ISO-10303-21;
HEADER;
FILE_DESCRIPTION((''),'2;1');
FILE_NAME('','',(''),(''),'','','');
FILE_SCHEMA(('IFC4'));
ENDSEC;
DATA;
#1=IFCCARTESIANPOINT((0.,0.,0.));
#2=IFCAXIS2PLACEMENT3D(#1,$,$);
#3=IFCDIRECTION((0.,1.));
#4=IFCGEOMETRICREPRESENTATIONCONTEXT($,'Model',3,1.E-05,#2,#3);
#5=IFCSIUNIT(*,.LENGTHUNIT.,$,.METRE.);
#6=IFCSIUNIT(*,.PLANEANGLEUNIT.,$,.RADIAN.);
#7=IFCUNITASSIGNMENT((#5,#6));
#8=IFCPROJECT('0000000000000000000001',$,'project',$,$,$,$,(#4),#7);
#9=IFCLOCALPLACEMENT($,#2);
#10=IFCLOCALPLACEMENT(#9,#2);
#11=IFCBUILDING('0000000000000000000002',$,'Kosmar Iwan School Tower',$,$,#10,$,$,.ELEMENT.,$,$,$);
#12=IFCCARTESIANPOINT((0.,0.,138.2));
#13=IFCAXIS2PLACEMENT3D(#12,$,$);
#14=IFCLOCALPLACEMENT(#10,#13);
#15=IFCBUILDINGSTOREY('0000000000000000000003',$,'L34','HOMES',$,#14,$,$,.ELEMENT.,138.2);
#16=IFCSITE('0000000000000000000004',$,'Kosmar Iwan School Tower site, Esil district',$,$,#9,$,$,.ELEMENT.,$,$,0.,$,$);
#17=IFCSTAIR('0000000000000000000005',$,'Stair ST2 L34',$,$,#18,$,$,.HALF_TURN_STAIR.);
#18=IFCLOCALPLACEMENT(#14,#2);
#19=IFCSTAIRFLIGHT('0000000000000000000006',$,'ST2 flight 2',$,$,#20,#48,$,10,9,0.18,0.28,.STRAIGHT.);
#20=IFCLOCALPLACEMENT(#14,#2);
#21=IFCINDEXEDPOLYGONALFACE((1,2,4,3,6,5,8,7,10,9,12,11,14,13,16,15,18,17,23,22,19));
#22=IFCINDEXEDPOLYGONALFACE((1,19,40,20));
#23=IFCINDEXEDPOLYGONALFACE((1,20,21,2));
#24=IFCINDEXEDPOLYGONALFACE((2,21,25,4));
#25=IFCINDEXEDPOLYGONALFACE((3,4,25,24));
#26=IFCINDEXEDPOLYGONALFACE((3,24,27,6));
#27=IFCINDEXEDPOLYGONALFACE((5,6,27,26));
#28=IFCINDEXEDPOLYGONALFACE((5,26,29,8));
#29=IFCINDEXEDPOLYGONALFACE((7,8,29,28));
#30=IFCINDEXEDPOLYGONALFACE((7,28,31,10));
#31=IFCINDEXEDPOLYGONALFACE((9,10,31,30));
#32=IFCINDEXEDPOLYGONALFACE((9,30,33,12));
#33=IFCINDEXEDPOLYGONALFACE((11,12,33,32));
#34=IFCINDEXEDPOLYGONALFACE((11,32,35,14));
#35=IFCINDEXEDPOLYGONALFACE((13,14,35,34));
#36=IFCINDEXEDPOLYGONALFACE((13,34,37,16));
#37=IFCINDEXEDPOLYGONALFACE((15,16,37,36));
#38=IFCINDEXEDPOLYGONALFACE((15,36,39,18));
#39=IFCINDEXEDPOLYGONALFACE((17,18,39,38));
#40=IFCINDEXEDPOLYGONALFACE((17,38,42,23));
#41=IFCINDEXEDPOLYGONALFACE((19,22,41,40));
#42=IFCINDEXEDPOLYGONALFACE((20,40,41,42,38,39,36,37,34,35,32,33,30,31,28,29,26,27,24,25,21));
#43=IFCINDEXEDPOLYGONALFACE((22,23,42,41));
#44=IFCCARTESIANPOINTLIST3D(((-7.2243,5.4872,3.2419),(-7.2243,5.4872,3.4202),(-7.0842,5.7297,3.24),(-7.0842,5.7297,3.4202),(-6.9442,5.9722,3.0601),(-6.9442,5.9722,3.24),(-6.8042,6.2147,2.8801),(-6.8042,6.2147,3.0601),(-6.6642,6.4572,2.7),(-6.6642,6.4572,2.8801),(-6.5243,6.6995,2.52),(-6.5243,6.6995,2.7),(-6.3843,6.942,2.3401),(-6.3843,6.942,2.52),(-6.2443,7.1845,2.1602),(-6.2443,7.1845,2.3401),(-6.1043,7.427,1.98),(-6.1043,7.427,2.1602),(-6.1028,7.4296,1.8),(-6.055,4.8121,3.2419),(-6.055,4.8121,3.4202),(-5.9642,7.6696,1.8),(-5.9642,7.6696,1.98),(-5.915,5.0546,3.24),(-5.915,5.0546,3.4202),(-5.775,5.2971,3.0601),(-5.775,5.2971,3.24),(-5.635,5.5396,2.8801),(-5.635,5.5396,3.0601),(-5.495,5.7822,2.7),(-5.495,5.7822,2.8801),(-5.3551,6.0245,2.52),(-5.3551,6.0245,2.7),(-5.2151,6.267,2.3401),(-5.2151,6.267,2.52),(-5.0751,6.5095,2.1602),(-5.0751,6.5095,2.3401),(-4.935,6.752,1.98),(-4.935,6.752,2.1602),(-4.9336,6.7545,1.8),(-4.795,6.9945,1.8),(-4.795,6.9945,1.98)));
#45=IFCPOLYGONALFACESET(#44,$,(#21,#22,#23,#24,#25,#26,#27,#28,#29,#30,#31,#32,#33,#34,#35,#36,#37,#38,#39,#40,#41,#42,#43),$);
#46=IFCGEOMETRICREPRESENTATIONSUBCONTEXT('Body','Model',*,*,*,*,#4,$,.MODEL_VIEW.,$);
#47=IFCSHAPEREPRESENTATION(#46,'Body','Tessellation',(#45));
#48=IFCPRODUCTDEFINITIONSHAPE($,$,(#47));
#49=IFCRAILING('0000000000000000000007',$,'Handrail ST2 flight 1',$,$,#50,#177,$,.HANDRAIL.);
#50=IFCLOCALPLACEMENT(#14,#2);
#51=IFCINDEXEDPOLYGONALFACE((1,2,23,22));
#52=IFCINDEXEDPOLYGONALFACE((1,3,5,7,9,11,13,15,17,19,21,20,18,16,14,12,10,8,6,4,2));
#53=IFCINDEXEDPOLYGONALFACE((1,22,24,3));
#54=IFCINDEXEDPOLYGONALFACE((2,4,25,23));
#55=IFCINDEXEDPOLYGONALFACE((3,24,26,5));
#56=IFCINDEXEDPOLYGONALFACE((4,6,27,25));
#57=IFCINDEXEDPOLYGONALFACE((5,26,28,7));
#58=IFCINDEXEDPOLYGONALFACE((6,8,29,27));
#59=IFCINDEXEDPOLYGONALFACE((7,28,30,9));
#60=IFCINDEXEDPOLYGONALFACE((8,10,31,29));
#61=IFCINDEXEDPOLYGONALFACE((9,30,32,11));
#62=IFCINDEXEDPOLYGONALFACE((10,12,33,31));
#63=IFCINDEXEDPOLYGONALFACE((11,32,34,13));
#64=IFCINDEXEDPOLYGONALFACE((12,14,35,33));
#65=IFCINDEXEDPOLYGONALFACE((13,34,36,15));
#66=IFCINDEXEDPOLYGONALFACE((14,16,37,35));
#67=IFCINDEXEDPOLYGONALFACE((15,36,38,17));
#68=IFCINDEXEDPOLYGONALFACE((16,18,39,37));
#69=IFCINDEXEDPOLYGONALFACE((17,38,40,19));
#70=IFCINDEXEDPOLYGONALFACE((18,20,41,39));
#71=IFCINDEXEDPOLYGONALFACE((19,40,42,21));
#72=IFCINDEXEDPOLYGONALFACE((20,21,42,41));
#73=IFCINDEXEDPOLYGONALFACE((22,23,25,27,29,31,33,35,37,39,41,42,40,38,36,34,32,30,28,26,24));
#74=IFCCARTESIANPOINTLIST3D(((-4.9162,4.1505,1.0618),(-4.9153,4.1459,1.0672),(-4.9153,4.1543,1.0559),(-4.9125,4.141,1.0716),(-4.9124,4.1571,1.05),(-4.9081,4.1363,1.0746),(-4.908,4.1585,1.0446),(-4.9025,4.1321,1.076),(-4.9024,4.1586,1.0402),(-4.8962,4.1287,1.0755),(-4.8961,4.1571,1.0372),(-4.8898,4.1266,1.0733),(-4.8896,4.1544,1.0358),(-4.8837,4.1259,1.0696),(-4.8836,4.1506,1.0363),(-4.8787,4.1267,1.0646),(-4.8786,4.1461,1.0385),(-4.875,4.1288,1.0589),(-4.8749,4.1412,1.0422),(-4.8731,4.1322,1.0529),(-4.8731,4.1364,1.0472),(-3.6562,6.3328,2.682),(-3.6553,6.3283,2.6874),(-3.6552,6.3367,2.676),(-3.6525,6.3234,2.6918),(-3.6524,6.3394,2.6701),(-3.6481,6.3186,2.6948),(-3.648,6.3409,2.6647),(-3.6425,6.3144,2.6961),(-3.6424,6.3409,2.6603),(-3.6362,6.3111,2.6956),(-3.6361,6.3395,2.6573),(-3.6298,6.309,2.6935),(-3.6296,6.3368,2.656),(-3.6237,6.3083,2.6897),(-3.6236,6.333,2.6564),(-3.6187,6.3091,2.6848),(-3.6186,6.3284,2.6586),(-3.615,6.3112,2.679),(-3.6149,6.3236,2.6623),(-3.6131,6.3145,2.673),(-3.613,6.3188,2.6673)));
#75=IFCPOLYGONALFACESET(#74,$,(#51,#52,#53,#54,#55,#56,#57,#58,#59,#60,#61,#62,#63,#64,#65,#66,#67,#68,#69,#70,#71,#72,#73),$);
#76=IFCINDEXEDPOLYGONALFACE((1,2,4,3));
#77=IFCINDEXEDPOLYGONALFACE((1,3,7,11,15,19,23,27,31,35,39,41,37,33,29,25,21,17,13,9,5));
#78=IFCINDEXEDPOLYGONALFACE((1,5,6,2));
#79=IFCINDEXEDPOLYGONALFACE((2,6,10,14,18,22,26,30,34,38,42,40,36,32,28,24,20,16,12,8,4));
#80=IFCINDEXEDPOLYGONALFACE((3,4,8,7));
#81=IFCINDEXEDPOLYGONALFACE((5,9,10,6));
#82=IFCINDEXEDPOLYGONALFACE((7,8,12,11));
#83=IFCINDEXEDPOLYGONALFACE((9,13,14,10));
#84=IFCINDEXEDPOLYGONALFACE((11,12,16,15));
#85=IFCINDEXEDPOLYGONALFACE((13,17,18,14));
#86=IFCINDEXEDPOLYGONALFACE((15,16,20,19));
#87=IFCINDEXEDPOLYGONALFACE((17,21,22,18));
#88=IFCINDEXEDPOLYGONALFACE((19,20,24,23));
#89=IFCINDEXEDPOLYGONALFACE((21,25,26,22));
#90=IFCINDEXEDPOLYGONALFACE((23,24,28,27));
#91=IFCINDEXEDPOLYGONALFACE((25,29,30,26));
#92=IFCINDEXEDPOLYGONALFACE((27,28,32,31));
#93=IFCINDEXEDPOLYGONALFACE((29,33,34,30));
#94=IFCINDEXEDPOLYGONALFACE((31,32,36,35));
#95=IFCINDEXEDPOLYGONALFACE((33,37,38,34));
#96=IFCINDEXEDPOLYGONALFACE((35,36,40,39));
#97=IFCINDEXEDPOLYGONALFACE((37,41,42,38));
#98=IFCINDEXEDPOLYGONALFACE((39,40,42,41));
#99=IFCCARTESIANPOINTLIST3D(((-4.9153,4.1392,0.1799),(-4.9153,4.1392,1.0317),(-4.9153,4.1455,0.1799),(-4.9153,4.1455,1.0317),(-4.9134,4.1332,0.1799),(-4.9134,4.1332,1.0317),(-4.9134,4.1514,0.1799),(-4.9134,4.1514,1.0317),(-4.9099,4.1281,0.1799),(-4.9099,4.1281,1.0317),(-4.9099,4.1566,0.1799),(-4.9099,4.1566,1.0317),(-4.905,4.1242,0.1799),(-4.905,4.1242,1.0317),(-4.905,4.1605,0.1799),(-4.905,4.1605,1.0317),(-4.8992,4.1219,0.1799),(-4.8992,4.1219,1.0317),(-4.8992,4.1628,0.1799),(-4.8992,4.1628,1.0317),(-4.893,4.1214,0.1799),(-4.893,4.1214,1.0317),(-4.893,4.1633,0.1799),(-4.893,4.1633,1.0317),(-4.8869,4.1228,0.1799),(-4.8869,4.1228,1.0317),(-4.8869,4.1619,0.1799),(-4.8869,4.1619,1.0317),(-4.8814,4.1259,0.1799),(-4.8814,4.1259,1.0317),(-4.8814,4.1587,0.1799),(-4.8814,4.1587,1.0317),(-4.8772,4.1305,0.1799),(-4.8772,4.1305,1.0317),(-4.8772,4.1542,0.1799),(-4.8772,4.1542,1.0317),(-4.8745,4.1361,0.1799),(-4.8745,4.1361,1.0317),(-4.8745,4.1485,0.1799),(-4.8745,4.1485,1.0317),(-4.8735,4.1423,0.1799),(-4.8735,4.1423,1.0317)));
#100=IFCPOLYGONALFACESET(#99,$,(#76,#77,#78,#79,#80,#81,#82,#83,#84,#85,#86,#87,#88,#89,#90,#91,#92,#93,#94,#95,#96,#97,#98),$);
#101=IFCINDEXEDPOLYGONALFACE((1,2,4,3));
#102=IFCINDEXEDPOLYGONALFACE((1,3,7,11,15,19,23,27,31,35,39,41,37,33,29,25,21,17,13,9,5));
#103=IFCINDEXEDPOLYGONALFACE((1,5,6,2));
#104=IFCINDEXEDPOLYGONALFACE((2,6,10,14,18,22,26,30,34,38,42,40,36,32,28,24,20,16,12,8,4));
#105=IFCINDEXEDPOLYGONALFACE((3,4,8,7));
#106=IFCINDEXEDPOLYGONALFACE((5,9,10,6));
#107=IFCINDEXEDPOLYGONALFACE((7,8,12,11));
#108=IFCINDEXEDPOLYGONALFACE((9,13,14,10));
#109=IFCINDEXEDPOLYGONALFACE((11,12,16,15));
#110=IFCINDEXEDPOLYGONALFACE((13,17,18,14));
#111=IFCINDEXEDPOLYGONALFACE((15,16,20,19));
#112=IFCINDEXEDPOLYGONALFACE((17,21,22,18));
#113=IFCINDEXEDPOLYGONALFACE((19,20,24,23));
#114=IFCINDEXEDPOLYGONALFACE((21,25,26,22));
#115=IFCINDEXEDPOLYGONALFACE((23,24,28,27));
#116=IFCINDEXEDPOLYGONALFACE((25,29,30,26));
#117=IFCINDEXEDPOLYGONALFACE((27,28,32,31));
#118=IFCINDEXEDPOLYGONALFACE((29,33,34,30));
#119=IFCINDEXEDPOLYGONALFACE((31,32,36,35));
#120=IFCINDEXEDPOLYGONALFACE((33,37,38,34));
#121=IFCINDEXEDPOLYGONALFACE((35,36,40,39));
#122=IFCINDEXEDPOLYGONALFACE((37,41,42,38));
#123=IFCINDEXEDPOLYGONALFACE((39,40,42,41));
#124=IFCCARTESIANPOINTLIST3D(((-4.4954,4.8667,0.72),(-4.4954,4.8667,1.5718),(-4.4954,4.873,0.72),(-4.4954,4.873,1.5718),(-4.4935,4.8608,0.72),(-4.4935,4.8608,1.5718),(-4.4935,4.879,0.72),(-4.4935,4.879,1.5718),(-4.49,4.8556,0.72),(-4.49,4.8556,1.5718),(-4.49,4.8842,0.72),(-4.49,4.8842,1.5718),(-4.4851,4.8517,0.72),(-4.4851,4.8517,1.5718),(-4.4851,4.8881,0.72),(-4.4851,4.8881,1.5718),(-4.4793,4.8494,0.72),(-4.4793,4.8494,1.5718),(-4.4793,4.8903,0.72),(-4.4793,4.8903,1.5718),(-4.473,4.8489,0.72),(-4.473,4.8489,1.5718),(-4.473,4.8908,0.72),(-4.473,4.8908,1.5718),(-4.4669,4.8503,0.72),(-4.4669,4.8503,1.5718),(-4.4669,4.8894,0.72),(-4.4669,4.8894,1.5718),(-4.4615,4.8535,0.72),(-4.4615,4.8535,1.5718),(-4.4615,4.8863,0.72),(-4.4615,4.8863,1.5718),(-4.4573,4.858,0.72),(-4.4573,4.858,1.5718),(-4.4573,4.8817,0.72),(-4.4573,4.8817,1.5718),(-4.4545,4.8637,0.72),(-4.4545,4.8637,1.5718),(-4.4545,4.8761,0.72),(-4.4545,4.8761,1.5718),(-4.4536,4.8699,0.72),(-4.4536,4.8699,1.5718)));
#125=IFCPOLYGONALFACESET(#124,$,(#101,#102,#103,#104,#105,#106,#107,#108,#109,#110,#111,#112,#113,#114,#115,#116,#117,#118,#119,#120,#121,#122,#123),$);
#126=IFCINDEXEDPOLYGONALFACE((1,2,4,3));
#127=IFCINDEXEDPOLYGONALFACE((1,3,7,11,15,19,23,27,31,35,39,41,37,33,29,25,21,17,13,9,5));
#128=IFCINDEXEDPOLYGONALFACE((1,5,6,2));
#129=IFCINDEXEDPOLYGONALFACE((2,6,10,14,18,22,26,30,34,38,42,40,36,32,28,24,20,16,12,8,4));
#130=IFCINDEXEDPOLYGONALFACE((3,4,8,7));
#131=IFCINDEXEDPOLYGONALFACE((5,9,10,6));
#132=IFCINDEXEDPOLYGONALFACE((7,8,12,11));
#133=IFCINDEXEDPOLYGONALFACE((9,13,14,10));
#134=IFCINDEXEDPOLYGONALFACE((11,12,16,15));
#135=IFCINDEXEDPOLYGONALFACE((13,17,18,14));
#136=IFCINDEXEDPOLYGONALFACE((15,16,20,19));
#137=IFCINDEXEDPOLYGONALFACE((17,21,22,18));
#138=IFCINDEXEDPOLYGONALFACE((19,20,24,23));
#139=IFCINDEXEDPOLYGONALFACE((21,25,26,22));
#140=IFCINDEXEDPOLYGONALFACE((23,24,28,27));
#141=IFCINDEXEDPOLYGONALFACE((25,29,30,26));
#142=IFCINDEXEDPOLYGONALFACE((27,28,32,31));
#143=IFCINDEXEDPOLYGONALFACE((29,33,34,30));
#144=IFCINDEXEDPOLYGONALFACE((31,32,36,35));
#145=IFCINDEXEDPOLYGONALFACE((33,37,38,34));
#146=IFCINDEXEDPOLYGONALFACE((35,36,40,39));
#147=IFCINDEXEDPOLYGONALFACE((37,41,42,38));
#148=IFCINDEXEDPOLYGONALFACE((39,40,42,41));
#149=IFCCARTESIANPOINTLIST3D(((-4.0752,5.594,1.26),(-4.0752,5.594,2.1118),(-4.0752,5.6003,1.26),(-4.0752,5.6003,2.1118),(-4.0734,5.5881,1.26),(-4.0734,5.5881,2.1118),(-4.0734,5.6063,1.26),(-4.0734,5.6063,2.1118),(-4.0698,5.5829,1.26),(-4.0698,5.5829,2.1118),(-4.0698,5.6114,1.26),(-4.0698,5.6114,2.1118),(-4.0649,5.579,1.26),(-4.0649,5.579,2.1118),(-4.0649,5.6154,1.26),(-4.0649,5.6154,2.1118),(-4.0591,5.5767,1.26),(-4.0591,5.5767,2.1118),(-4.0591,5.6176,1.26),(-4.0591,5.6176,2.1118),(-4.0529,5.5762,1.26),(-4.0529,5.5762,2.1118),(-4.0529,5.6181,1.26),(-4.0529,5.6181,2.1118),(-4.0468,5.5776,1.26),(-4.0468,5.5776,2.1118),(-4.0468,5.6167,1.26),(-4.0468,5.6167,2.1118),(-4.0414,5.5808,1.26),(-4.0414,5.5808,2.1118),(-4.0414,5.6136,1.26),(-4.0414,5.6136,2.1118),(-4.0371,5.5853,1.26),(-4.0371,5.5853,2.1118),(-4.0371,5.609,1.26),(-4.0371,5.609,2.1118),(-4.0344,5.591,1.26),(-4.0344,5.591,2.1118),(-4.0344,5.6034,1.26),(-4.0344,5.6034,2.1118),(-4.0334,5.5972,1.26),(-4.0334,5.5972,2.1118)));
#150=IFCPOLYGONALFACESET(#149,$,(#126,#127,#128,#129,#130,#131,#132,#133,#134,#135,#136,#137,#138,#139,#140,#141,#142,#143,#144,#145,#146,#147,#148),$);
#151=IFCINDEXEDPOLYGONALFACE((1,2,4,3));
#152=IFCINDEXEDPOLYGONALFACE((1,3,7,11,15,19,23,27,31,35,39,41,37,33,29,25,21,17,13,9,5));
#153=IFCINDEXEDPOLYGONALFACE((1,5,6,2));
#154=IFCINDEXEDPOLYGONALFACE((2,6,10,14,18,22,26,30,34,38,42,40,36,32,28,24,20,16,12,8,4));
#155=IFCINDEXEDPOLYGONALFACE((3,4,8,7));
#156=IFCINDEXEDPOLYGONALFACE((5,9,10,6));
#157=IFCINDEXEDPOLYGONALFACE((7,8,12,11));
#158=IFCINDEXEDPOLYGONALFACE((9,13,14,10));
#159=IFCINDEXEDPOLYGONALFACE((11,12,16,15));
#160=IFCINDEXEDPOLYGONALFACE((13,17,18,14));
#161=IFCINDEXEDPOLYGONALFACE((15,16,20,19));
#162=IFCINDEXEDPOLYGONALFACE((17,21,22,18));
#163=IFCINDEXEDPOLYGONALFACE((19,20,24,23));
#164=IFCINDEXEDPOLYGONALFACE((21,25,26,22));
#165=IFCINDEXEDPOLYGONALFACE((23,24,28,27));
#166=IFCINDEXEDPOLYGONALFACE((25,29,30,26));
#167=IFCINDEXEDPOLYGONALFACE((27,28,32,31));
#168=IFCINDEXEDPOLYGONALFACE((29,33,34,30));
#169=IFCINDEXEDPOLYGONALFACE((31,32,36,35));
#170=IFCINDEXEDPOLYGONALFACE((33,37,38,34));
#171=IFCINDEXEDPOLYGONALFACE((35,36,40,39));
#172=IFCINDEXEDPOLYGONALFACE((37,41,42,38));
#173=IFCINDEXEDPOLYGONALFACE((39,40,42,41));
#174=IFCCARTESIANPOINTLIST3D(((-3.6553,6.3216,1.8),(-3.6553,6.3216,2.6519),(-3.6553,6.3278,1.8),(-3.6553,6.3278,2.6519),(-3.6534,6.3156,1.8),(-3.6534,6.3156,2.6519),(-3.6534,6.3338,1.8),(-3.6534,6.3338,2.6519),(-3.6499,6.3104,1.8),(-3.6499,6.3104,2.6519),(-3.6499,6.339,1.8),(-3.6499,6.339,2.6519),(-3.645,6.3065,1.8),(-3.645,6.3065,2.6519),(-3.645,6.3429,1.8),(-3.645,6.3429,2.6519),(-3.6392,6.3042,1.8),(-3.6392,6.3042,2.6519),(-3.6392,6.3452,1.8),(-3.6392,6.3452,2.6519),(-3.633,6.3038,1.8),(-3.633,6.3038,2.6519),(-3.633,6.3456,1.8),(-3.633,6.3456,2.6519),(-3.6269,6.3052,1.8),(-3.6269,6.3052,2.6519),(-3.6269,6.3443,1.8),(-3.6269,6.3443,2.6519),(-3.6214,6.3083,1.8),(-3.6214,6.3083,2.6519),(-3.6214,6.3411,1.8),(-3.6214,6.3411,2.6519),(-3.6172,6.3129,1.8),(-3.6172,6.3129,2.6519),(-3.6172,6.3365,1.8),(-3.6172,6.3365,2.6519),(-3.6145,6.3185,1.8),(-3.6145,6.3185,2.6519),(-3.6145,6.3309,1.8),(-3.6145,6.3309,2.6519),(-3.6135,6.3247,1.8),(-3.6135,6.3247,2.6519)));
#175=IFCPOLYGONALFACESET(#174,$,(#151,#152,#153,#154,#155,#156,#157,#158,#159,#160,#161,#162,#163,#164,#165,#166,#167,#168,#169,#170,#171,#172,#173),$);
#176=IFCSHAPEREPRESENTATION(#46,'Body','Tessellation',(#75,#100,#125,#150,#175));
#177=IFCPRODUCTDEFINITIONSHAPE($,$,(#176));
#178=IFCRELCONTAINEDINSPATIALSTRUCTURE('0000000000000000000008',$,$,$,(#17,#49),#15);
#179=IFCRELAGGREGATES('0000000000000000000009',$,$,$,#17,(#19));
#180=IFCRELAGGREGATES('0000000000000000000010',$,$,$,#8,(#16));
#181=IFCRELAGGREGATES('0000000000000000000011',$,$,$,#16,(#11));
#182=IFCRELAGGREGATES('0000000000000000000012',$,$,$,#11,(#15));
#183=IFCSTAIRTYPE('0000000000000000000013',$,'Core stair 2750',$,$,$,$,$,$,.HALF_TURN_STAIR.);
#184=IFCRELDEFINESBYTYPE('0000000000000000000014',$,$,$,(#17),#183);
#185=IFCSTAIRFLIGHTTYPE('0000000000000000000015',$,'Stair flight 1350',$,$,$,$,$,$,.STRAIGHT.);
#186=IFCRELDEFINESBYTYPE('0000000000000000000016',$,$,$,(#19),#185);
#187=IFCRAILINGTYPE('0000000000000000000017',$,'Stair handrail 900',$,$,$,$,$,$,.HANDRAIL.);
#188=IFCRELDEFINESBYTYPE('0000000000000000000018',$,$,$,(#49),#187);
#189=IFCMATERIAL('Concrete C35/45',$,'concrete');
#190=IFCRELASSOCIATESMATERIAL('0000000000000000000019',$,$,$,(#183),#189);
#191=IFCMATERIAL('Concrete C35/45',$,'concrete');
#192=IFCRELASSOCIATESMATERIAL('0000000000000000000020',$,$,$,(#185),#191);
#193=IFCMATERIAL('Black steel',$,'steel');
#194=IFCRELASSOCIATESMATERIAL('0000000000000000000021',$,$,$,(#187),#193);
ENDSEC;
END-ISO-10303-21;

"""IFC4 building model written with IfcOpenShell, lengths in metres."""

from ifc_helpers import new_model, si_unit, direction, frame, origin, origin_2d, place, context, subcontext, project, spatial, polyline, circle, outline, extrude, material, type_object, element, aggregate, save


model = new_model("IFC4")

# Units and contexts
model_context = context("Model", 3, precision=1e-05, world=origin(), true_north=direction((0.0, 1.0)))
body_context = subcontext(model_context, "Body", "Model", "MODEL_VIEW")
ifc_project = project(units=[si_unit("LENGTHUNIT", "METRE"), si_unit("PLANEANGLEUNIT", "RADIAN")], contexts=[model_context])

# Site, building, storey
site_placement = place(None, origin())
site = spatial("IfcSite", under=ifc_project, at=site_placement, Name="Kosmar Iwan School Tower site, Esil district", CompositionType="ELEMENT", RefElevation=0.0)
building_placement = place(site_placement, origin())
building = spatial("IfcBuilding", under=site, at=building_placement, Name="Kosmar Iwan School Tower", CompositionType="ELEMENT")
storey_placement = place(building_placement, frame((0.0, 0.0, 138.2)))
storey = spatial("IfcBuildingStorey", under=building, at=storey_placement, Name="L34", Description="HOMES", CompositionType="ELEMENT", Elevation=138.2)

# Stair, stair flight
ifc_material_1 = material(Name="Concrete C35/45", Category="concrete")
stair_type = type_object("IfcStairType", Name="Core stair 2750", PredefinedType="HALF_TURN_STAIR", material=ifc_material_1)
stair_placement = place(storey_placement, origin())
stair = element("IfcStair", 1, at=stair_placement, inside=storey, type_object=stair_type, Name="Stair ST2 L34", PredefinedType="HALF_TURN_STAIR")
ifc_material_2 = material(Name="Concrete C35/45", Category="concrete")
stair_flight_type = type_object("IfcStairFlightType", Name="Stair flight 1350", PredefinedType="STRAIGHT", material=ifc_material_2)
stair_flight_1_placement = place(storey_placement, frame((-5.3796, 7.332, 1.8), z_axis=(0.0, 0.0, 1.0), x_axis=(-0.5, -0.866025, 0.0)))
stair_flight_1 = element("IfcStairFlight", 2, at=stair_flight_1_placement, type_object=stair_flight_type, Name="ST2 flight 2", NumberOfRisers=10, NumberOfTreads=9, PredefinedType="STRAIGHT", RiserHeight=0.18, TreadLength=0.28, context=body_context, shape_type="SweptSolid", body=[
    extrude(outline(polyline([(0.0, 0.0), (0.0, 0.1799), (0.28, 0.1799), (0.28, 0.3601), (0.5601, 0.3601), (0.5601, 0.54), (0.8401, 0.54), (0.8401, 0.72), (1.1201, 0.72), (1.1201, 0.8999), (1.3999, 0.8999), (1.3999, 1.0801), (1.6799, 1.0801), (1.6799, 1.26), (1.96, 1.26), (1.96, 1.4399), (2.24, 1.4399), (2.24, 1.6201), (2.52, 1.6201), (2.52, 1.8), (2.52, 1.4419), (0.2771, 0.0), (0.0, 0.0)])), frame((0.0, 0.675, 0.0), z_axis=(0.0, -1.0, 0.0), x_axis=(1.0, 0.0, 0.0)), (0.0, 0.0, 1.0), 1.3501),
])
aggregate(stair, [stair_flight_1])

# Railing
ifc_material_3 = material(Name="Black steel", Category="steel")
railing_type = type_object("IfcRailingType", Name="Stair handrail 900", PredefinedType="HANDRAIL", material=ifc_material_3)
railing_1_placement = place(storey_placement, frame((-4.8945, 4.1423, 0.1799)))
element("IfcRailing", 3, at=railing_1_placement, inside=storey, type_object=railing_type, Name="Handrail ST2 flight 1", PredefinedType="HANDRAIL", context=body_context, shape_type="SweptSolid", body=[
    extrude(circle(Radius=0.0239, at=origin_2d()), frame((0.0, 0.0, 0.876), z_axis=(0.420584, 0.728464, 0.540786), x_axis=(-0.866023, 0.500005, 0.0)), (0.0, 0.0, 1.0), 2.9958),
    extrude(circle(Radius=0.021, at=origin_2d()), origin(), (0.0, 0.0, 1.0), 0.8518),
    extrude(circle(Radius=0.021, at=origin_2d()), frame((0.4199, 0.7275, 0.54)), (0.0, 0.0, 1.0), 0.8518),
    extrude(circle(Radius=0.021, at=origin_2d()), frame((0.8401, 1.4548, 1.0801)), (0.0, 0.0, 1.0), 0.8518),
    extrude(circle(Radius=0.021, at=origin_2d()), frame((1.26, 2.1824, 1.6201)), (0.0, 0.0, 1.0), 0.8518),
])

save(model, "model.ifc")
